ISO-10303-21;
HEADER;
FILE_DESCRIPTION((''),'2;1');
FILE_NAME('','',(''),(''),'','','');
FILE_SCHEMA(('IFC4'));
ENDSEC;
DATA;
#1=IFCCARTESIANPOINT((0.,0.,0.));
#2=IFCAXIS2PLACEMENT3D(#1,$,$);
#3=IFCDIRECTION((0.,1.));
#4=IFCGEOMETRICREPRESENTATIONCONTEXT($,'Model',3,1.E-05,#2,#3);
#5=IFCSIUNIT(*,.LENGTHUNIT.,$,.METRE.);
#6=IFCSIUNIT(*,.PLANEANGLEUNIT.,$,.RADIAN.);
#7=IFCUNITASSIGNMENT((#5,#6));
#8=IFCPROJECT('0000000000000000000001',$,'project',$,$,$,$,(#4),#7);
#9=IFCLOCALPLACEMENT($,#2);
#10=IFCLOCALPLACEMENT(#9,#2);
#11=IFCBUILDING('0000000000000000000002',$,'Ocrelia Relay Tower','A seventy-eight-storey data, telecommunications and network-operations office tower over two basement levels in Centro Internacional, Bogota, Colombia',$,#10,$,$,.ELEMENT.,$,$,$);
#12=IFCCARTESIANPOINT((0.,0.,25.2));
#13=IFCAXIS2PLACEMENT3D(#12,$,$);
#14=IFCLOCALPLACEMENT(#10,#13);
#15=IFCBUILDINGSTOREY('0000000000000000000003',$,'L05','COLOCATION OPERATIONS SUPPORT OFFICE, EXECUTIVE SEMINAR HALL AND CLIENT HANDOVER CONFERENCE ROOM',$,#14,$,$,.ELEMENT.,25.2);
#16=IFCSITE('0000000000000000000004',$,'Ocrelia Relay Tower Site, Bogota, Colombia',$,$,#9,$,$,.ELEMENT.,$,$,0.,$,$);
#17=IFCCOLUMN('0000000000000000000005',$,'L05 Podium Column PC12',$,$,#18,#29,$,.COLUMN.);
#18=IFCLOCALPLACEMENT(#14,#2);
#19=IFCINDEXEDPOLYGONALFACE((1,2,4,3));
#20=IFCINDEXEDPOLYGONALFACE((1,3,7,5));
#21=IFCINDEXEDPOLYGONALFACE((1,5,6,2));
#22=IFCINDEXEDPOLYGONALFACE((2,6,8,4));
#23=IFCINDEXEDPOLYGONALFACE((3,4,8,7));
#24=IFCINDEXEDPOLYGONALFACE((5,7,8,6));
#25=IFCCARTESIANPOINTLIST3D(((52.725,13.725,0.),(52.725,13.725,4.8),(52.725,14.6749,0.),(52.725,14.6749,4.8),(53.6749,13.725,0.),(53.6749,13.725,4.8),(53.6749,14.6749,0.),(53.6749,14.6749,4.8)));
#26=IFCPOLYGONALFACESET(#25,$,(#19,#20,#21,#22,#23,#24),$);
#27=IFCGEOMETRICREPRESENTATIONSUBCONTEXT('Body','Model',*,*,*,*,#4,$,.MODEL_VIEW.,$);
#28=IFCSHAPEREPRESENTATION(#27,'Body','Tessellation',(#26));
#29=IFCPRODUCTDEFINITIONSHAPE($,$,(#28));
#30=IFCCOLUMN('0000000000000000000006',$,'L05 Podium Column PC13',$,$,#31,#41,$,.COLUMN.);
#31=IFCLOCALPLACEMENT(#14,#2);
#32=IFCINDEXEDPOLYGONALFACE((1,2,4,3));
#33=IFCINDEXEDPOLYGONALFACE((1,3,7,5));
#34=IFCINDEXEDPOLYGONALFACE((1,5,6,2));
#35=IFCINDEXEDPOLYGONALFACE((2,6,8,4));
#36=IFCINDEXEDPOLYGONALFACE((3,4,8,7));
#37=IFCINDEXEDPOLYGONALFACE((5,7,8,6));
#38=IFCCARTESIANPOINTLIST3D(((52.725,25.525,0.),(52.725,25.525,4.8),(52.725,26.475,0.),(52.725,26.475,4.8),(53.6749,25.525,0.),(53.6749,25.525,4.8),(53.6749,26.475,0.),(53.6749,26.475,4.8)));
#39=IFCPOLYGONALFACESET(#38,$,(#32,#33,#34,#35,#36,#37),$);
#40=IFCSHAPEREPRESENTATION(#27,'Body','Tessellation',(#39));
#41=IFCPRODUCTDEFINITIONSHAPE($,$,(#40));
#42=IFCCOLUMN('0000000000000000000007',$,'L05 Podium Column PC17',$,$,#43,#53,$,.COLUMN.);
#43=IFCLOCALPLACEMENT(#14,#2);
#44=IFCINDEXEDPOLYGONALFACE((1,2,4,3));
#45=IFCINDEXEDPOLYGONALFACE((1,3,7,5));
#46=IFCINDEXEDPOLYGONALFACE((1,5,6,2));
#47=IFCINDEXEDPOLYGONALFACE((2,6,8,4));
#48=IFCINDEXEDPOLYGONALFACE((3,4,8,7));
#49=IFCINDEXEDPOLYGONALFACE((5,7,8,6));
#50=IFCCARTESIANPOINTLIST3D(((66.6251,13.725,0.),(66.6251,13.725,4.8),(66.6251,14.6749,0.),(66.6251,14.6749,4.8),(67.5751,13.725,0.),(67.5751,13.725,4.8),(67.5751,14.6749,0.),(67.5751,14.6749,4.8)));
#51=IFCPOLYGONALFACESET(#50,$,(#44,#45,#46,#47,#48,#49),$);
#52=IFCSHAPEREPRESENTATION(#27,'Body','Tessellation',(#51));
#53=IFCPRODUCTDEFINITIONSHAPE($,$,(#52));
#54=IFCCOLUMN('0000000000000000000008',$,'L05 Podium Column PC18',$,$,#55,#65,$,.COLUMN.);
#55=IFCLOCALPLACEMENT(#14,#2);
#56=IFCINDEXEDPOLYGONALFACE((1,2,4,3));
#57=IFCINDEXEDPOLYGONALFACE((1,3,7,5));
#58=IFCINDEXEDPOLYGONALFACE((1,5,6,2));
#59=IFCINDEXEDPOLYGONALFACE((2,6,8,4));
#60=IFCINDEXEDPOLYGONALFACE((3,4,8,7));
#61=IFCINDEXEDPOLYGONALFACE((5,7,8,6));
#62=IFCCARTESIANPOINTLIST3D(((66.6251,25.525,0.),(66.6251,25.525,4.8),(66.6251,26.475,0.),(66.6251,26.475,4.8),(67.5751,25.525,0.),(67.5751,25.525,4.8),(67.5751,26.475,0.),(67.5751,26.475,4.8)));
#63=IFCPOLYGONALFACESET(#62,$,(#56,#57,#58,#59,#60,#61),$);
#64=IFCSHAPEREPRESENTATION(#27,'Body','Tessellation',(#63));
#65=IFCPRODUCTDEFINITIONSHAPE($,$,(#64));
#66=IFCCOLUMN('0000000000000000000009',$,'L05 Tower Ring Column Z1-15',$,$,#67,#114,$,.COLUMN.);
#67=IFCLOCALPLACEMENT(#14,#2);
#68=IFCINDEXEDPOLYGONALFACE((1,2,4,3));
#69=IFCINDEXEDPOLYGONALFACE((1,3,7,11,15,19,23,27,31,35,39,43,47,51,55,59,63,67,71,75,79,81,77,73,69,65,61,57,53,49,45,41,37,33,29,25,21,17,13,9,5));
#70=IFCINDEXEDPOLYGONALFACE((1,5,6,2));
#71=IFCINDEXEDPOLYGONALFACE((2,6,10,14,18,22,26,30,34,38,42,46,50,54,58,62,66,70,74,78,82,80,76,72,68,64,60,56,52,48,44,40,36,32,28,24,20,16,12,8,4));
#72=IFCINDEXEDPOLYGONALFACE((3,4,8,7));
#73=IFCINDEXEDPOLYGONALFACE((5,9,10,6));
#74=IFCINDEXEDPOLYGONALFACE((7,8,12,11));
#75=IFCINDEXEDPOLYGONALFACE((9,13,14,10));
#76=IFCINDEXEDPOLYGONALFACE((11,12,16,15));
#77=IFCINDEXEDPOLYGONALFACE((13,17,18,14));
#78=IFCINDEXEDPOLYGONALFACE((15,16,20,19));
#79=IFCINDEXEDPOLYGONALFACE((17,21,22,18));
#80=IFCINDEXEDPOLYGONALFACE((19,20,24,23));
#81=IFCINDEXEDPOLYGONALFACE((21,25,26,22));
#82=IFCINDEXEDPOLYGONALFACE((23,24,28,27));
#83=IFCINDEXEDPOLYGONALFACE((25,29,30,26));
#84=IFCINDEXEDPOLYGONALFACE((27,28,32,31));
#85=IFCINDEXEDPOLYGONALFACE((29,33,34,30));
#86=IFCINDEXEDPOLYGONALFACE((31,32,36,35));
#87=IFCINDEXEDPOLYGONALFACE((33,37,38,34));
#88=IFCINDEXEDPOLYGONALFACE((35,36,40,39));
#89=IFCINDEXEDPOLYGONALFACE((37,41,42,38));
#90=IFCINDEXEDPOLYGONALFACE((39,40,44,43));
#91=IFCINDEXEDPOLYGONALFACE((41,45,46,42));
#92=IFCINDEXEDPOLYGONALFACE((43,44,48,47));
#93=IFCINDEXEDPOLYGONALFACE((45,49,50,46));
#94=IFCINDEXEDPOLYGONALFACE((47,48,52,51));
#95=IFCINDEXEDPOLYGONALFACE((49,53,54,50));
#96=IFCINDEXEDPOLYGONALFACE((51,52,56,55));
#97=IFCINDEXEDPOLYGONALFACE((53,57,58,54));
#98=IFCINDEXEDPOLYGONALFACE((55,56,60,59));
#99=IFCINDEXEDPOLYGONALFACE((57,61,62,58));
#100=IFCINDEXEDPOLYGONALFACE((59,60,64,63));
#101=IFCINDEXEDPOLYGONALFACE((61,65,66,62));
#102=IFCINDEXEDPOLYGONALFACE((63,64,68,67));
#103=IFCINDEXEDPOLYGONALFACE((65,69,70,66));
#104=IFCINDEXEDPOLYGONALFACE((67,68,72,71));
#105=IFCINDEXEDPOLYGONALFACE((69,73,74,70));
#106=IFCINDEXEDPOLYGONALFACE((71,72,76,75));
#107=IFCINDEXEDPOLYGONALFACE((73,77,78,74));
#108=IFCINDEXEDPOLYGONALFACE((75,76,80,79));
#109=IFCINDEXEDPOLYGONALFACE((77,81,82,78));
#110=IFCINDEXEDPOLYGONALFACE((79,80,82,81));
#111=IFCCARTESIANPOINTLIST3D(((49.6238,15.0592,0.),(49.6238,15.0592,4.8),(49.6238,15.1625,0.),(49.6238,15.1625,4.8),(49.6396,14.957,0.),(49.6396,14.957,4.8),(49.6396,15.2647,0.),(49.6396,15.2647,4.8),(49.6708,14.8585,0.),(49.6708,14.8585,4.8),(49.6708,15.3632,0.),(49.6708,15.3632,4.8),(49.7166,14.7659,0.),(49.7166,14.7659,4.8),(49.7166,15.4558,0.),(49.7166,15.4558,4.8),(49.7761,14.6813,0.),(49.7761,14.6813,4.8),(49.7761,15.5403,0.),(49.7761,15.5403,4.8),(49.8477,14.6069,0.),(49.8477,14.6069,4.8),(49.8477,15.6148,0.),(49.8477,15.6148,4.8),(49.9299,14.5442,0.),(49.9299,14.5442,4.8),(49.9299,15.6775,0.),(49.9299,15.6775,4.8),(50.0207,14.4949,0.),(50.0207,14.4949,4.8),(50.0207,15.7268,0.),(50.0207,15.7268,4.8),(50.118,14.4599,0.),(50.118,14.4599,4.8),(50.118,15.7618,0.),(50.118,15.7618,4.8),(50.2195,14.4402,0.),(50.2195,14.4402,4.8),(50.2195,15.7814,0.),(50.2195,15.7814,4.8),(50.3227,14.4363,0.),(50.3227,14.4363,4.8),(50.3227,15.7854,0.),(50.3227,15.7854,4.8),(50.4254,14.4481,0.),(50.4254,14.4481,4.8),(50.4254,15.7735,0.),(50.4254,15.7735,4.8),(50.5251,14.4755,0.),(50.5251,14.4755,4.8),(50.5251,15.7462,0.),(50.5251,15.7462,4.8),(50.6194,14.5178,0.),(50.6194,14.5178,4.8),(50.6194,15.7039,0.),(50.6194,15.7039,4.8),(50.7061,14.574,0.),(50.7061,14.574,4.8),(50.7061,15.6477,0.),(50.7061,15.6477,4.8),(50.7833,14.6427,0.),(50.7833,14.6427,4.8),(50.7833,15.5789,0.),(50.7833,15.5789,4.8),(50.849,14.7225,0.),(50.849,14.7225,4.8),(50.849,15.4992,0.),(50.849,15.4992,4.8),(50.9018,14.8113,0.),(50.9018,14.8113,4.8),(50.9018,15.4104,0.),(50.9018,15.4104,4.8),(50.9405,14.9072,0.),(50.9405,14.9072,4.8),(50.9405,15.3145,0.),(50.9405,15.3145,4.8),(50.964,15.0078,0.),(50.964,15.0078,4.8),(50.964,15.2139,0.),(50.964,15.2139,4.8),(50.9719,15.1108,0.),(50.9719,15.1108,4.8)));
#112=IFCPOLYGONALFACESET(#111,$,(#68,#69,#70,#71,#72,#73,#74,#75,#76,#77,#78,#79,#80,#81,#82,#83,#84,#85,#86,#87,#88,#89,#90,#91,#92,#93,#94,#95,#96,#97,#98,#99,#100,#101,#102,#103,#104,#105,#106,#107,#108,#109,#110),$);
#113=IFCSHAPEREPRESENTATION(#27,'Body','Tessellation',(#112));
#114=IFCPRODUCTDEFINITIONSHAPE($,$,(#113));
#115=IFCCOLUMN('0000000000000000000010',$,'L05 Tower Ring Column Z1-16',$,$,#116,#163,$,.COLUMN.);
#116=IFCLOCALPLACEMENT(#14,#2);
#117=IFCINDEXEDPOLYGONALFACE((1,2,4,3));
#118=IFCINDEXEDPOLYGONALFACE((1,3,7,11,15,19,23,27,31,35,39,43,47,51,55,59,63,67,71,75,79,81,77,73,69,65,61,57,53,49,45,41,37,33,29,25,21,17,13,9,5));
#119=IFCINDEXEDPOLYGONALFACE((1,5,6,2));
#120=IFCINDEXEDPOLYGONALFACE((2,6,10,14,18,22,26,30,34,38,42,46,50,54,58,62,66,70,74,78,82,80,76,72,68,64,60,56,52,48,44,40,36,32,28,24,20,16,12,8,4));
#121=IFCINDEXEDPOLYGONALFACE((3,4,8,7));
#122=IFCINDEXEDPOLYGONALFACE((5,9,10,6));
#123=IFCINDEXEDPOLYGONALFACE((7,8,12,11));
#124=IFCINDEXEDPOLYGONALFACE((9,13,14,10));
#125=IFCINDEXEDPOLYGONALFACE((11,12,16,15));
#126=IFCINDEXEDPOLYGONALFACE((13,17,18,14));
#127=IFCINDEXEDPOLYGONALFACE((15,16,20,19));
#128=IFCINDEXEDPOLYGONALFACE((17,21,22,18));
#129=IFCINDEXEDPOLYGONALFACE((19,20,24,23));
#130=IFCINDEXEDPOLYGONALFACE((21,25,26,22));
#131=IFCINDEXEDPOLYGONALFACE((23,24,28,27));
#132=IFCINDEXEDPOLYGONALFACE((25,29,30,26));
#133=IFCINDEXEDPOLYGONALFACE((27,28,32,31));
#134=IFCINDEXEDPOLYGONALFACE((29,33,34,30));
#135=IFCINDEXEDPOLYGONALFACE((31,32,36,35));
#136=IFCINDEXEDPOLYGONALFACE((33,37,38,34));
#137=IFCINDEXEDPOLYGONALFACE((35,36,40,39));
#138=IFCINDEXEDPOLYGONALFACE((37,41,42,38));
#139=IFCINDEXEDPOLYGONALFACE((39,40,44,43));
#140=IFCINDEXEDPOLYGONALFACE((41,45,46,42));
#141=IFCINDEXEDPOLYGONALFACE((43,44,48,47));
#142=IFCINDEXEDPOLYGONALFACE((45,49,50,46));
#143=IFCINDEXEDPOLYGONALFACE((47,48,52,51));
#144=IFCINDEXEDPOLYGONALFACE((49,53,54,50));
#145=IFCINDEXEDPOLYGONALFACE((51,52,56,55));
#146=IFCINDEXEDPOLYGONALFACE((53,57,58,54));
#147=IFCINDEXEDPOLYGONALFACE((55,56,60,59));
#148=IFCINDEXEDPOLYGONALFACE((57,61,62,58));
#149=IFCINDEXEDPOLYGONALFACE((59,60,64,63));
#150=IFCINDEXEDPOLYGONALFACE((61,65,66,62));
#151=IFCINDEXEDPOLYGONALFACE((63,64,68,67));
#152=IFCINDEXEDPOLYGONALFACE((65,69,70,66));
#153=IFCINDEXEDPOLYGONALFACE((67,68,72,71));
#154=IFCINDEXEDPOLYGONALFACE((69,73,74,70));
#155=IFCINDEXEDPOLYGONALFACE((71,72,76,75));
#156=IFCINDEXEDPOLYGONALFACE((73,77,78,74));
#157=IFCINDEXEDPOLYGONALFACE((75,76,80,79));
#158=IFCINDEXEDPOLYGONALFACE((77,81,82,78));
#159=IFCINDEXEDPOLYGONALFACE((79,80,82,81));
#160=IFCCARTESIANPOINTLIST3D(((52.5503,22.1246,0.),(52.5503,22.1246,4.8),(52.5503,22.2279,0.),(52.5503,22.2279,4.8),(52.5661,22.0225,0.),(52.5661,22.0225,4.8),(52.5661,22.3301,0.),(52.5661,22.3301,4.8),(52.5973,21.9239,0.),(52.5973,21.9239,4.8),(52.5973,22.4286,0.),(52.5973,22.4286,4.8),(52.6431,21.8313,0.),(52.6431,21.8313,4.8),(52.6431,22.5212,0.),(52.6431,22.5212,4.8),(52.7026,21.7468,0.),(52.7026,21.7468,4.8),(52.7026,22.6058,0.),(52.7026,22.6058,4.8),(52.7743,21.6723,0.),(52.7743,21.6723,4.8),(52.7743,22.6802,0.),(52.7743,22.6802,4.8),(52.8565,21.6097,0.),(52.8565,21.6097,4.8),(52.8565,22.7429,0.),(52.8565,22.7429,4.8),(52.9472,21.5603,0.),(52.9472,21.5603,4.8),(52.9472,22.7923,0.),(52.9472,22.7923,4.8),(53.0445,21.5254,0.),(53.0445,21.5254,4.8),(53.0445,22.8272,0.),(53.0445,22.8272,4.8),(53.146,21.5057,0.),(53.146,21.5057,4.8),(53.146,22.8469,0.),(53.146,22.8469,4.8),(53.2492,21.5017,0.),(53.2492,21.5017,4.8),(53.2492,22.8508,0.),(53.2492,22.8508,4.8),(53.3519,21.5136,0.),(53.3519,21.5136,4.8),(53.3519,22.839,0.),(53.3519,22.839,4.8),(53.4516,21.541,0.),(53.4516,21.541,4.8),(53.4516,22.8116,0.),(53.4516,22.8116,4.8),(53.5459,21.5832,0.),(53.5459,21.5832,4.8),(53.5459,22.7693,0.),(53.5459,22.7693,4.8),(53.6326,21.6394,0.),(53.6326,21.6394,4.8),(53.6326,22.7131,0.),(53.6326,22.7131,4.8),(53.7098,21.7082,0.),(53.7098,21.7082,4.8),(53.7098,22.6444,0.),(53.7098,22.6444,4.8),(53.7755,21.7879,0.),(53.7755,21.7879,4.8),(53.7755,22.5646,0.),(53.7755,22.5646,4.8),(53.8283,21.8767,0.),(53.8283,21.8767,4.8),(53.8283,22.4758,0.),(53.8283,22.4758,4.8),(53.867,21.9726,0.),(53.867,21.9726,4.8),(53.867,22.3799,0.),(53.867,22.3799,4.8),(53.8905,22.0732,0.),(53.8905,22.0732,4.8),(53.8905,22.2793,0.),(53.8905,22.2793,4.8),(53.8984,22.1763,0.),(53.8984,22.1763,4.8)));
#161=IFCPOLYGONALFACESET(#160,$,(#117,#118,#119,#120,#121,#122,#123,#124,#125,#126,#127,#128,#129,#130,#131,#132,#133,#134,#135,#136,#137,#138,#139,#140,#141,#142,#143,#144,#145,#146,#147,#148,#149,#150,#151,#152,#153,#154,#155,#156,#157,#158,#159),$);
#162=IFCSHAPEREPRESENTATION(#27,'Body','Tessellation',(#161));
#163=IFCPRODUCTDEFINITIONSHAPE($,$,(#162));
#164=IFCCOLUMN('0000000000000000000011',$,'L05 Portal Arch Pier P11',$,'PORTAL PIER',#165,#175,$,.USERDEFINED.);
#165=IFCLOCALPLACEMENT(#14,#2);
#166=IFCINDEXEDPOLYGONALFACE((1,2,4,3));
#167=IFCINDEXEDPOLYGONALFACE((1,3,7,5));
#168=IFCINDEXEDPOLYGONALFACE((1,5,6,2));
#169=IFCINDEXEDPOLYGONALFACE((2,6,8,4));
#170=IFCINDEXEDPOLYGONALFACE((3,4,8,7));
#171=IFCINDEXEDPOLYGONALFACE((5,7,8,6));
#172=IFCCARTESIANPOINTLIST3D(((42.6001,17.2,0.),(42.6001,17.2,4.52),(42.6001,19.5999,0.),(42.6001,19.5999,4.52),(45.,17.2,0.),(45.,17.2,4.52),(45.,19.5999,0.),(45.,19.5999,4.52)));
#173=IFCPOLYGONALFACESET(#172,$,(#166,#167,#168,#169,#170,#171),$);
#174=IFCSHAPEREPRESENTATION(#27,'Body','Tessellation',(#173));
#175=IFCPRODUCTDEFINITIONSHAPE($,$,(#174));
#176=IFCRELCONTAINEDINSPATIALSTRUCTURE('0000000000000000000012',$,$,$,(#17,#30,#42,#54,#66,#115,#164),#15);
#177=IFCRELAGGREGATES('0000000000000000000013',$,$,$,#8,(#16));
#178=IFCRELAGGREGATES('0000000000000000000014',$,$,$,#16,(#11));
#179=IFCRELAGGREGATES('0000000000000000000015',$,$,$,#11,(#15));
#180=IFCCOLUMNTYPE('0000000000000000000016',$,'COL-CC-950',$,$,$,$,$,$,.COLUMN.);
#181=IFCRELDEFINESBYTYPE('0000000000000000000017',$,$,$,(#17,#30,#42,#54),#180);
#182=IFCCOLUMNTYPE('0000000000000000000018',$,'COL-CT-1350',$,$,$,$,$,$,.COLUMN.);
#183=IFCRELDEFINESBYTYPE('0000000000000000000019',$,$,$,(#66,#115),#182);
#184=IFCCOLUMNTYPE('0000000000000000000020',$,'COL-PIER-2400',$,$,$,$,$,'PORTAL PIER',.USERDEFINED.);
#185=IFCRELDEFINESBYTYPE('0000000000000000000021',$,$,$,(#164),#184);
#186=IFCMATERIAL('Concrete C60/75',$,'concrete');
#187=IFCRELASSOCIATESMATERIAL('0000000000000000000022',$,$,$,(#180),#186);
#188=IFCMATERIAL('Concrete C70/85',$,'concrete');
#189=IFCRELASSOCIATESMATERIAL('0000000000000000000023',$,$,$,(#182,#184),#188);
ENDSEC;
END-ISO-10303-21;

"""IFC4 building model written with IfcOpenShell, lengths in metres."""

from ifc_helpers import new_model, si_unit, direction, frame, origin, origin_2d, place, context, subcontext, project, spatial, rectangle, circle, extrude, material, material_profile, profile_set, type_object, element, save


model = new_model("IFC4")

# Units and contexts
model_context = context("Model", 3, precision=1e-05, world=origin(), true_north=direction((0.0, 1.0)))
body_context = subcontext(model_context, "Body", "Model", "MODEL_VIEW")
ifc_project = project(units=[si_unit("LENGTHUNIT", "METRE"), si_unit("PLANEANGLEUNIT", "RADIAN")], contexts=[model_context])

# Site, building, storey
site_placement = place(None, origin())
site = spatial("IfcSite", under=ifc_project, at=site_placement, Name="Ocrelia Relay Tower Site, Bogota, Colombia", CompositionType="ELEMENT", RefElevation=0.0)
building_placement = place(site_placement, origin())
building = spatial("IfcBuilding", under=site, at=building_placement, Name="Ocrelia Relay Tower", Description="A seventy-eight-storey data, telecommunications and network-operations office tower over two basement levels in Centro Internacional, Bogota, Colombia", CompositionType="ELEMENT")
storey_placement = place(building_placement, frame((0.0, 0.0, 25.2)))
storey = spatial("IfcBuildingStorey", under=building, at=storey_placement, Name="L05", Description="COLOCATION OPERATIONS SUPPORT OFFICE, EXECUTIVE SEMINAR HALL AND CLIENT HANDOVER CONFERENCE ROOM", CompositionType="ELEMENT", Elevation=25.2)

# Columns
ifc_material_1 = material(Name="Concrete C60/75", Category="concrete")
ifc_material_profile_1 = material_profile(ifc_material_1, rectangle(XDim=0.95, YDim=0.95, at=origin_2d()), Name="RC-COL-950x950")
ifc_profile_set_1 = profile_set([ifc_material_profile_1], Name="Concrete C60/75")
column_type_1 = type_object("IfcColumnType", Name="COL-CC-950", PredefinedType="COLUMN", material=ifc_profile_set_1)
for number, where, z_axis, x_axis, name in (
    (1, (53.2, 14.2, 0.0), (0.0, 0.0, 1.0), (1.0, 0.0, 0.0), "L05 Podium Column PC12"),
    (2, (53.2, 26.0, 0.0), (0.0, 0.0, 1.0), (1.0, 0.0, 0.0), "L05 Podium Column PC13"),
    (3, (67.1001, 14.2, 0.0), (0.0, 0.0, 1.0), (1.0, 0.0, 0.0), "L05 Podium Column PC17"),
    (4, (67.1001, 26.0, 0.0), (0.0, 0.0, 1.0), (1.0, 0.0, 0.0), "L05 Podium Column PC18"),
):
    element("IfcColumn", number, at=place(storey_placement, frame(where, z_axis=z_axis, x_axis=x_axis)), inside=storey, type_object=column_type_1, Name=name, PredefinedType="COLUMN", context=body_context, shape_type="SweptSolid", body=[
        extrude(rectangle(XDim=0.95, YDim=0.95, at=origin_2d()), origin(), (0.0, 0.0, 1.0), 4.8),
    ])
ifc_material_2 = material(Name="Concrete C70/85", Category="concrete")
ifc_material_profile_2 = material_profile(ifc_material_2, circle(Radius=0.675, at=origin_2d()), Name="RC-CIR-1350")
ifc_profile_set_2 = profile_set([ifc_material_profile_2], Name="Concrete C70/85")
column_type_2 = type_object("IfcColumnType", Name="COL-CT-1350", PredefinedType="COLUMN", material=ifc_profile_set_2)
for number, where, z_axis, x_axis, name in (
    (5, (50.2969, 15.1108, 0.0), (0.0, 0.0, 1.0), (1.0, 0.0, 0.0), "L05 Tower Ring Column Z1-15"),
    (6, (53.2234, 22.1763, 0.0), (0.0, 0.0, 1.0), (1.0, 0.0, 0.0), "L05 Tower Ring Column Z1-16"),
):
    element("IfcColumn", number, at=place(storey_placement, frame(where, z_axis=z_axis, x_axis=x_axis)), inside=storey, type_object=column_type_2, Name=name, PredefinedType="COLUMN", context=body_context, shape_type="SweptSolid", body=[
        extrude(circle(Radius=0.675, at=origin_2d()), origin(), (0.0, 0.0, 1.0), 4.8),
    ])
ifc_material_profile_3 = material_profile(ifc_material_2, rectangle(XDim=2.3999, YDim=2.3999, at=origin_2d()), Name="RC-PIER-2400x2400")
ifc_profile_set_3 = profile_set([ifc_material_profile_3], Name="Concrete C70/85")
column_type_3 = type_object("IfcColumnType", Name="COL-PIER-2400", ElementType="PORTAL PIER", PredefinedType="USERDEFINED", material=ifc_profile_set_3)
column_placement = place(storey_placement, frame((43.8, 18.3999, 0.0), z_axis=(0.0, 0.0, 1.0), x_axis=(1.0, 0.0, 0.0)))
element("IfcColumn", 7, at=column_placement, inside=storey, type_object=column_type_3, Name="L05 Portal Arch Pier P11", ObjectType="PORTAL PIER", PredefinedType="USERDEFINED", context=body_context, shape_type="SweptSolid", body=[
    extrude(rectangle(XDim=2.3999, YDim=2.3999, at=origin_2d()), origin(), (0.0, 0.0, 1.0), 4.52),
])

save(model, "model.ifc")
